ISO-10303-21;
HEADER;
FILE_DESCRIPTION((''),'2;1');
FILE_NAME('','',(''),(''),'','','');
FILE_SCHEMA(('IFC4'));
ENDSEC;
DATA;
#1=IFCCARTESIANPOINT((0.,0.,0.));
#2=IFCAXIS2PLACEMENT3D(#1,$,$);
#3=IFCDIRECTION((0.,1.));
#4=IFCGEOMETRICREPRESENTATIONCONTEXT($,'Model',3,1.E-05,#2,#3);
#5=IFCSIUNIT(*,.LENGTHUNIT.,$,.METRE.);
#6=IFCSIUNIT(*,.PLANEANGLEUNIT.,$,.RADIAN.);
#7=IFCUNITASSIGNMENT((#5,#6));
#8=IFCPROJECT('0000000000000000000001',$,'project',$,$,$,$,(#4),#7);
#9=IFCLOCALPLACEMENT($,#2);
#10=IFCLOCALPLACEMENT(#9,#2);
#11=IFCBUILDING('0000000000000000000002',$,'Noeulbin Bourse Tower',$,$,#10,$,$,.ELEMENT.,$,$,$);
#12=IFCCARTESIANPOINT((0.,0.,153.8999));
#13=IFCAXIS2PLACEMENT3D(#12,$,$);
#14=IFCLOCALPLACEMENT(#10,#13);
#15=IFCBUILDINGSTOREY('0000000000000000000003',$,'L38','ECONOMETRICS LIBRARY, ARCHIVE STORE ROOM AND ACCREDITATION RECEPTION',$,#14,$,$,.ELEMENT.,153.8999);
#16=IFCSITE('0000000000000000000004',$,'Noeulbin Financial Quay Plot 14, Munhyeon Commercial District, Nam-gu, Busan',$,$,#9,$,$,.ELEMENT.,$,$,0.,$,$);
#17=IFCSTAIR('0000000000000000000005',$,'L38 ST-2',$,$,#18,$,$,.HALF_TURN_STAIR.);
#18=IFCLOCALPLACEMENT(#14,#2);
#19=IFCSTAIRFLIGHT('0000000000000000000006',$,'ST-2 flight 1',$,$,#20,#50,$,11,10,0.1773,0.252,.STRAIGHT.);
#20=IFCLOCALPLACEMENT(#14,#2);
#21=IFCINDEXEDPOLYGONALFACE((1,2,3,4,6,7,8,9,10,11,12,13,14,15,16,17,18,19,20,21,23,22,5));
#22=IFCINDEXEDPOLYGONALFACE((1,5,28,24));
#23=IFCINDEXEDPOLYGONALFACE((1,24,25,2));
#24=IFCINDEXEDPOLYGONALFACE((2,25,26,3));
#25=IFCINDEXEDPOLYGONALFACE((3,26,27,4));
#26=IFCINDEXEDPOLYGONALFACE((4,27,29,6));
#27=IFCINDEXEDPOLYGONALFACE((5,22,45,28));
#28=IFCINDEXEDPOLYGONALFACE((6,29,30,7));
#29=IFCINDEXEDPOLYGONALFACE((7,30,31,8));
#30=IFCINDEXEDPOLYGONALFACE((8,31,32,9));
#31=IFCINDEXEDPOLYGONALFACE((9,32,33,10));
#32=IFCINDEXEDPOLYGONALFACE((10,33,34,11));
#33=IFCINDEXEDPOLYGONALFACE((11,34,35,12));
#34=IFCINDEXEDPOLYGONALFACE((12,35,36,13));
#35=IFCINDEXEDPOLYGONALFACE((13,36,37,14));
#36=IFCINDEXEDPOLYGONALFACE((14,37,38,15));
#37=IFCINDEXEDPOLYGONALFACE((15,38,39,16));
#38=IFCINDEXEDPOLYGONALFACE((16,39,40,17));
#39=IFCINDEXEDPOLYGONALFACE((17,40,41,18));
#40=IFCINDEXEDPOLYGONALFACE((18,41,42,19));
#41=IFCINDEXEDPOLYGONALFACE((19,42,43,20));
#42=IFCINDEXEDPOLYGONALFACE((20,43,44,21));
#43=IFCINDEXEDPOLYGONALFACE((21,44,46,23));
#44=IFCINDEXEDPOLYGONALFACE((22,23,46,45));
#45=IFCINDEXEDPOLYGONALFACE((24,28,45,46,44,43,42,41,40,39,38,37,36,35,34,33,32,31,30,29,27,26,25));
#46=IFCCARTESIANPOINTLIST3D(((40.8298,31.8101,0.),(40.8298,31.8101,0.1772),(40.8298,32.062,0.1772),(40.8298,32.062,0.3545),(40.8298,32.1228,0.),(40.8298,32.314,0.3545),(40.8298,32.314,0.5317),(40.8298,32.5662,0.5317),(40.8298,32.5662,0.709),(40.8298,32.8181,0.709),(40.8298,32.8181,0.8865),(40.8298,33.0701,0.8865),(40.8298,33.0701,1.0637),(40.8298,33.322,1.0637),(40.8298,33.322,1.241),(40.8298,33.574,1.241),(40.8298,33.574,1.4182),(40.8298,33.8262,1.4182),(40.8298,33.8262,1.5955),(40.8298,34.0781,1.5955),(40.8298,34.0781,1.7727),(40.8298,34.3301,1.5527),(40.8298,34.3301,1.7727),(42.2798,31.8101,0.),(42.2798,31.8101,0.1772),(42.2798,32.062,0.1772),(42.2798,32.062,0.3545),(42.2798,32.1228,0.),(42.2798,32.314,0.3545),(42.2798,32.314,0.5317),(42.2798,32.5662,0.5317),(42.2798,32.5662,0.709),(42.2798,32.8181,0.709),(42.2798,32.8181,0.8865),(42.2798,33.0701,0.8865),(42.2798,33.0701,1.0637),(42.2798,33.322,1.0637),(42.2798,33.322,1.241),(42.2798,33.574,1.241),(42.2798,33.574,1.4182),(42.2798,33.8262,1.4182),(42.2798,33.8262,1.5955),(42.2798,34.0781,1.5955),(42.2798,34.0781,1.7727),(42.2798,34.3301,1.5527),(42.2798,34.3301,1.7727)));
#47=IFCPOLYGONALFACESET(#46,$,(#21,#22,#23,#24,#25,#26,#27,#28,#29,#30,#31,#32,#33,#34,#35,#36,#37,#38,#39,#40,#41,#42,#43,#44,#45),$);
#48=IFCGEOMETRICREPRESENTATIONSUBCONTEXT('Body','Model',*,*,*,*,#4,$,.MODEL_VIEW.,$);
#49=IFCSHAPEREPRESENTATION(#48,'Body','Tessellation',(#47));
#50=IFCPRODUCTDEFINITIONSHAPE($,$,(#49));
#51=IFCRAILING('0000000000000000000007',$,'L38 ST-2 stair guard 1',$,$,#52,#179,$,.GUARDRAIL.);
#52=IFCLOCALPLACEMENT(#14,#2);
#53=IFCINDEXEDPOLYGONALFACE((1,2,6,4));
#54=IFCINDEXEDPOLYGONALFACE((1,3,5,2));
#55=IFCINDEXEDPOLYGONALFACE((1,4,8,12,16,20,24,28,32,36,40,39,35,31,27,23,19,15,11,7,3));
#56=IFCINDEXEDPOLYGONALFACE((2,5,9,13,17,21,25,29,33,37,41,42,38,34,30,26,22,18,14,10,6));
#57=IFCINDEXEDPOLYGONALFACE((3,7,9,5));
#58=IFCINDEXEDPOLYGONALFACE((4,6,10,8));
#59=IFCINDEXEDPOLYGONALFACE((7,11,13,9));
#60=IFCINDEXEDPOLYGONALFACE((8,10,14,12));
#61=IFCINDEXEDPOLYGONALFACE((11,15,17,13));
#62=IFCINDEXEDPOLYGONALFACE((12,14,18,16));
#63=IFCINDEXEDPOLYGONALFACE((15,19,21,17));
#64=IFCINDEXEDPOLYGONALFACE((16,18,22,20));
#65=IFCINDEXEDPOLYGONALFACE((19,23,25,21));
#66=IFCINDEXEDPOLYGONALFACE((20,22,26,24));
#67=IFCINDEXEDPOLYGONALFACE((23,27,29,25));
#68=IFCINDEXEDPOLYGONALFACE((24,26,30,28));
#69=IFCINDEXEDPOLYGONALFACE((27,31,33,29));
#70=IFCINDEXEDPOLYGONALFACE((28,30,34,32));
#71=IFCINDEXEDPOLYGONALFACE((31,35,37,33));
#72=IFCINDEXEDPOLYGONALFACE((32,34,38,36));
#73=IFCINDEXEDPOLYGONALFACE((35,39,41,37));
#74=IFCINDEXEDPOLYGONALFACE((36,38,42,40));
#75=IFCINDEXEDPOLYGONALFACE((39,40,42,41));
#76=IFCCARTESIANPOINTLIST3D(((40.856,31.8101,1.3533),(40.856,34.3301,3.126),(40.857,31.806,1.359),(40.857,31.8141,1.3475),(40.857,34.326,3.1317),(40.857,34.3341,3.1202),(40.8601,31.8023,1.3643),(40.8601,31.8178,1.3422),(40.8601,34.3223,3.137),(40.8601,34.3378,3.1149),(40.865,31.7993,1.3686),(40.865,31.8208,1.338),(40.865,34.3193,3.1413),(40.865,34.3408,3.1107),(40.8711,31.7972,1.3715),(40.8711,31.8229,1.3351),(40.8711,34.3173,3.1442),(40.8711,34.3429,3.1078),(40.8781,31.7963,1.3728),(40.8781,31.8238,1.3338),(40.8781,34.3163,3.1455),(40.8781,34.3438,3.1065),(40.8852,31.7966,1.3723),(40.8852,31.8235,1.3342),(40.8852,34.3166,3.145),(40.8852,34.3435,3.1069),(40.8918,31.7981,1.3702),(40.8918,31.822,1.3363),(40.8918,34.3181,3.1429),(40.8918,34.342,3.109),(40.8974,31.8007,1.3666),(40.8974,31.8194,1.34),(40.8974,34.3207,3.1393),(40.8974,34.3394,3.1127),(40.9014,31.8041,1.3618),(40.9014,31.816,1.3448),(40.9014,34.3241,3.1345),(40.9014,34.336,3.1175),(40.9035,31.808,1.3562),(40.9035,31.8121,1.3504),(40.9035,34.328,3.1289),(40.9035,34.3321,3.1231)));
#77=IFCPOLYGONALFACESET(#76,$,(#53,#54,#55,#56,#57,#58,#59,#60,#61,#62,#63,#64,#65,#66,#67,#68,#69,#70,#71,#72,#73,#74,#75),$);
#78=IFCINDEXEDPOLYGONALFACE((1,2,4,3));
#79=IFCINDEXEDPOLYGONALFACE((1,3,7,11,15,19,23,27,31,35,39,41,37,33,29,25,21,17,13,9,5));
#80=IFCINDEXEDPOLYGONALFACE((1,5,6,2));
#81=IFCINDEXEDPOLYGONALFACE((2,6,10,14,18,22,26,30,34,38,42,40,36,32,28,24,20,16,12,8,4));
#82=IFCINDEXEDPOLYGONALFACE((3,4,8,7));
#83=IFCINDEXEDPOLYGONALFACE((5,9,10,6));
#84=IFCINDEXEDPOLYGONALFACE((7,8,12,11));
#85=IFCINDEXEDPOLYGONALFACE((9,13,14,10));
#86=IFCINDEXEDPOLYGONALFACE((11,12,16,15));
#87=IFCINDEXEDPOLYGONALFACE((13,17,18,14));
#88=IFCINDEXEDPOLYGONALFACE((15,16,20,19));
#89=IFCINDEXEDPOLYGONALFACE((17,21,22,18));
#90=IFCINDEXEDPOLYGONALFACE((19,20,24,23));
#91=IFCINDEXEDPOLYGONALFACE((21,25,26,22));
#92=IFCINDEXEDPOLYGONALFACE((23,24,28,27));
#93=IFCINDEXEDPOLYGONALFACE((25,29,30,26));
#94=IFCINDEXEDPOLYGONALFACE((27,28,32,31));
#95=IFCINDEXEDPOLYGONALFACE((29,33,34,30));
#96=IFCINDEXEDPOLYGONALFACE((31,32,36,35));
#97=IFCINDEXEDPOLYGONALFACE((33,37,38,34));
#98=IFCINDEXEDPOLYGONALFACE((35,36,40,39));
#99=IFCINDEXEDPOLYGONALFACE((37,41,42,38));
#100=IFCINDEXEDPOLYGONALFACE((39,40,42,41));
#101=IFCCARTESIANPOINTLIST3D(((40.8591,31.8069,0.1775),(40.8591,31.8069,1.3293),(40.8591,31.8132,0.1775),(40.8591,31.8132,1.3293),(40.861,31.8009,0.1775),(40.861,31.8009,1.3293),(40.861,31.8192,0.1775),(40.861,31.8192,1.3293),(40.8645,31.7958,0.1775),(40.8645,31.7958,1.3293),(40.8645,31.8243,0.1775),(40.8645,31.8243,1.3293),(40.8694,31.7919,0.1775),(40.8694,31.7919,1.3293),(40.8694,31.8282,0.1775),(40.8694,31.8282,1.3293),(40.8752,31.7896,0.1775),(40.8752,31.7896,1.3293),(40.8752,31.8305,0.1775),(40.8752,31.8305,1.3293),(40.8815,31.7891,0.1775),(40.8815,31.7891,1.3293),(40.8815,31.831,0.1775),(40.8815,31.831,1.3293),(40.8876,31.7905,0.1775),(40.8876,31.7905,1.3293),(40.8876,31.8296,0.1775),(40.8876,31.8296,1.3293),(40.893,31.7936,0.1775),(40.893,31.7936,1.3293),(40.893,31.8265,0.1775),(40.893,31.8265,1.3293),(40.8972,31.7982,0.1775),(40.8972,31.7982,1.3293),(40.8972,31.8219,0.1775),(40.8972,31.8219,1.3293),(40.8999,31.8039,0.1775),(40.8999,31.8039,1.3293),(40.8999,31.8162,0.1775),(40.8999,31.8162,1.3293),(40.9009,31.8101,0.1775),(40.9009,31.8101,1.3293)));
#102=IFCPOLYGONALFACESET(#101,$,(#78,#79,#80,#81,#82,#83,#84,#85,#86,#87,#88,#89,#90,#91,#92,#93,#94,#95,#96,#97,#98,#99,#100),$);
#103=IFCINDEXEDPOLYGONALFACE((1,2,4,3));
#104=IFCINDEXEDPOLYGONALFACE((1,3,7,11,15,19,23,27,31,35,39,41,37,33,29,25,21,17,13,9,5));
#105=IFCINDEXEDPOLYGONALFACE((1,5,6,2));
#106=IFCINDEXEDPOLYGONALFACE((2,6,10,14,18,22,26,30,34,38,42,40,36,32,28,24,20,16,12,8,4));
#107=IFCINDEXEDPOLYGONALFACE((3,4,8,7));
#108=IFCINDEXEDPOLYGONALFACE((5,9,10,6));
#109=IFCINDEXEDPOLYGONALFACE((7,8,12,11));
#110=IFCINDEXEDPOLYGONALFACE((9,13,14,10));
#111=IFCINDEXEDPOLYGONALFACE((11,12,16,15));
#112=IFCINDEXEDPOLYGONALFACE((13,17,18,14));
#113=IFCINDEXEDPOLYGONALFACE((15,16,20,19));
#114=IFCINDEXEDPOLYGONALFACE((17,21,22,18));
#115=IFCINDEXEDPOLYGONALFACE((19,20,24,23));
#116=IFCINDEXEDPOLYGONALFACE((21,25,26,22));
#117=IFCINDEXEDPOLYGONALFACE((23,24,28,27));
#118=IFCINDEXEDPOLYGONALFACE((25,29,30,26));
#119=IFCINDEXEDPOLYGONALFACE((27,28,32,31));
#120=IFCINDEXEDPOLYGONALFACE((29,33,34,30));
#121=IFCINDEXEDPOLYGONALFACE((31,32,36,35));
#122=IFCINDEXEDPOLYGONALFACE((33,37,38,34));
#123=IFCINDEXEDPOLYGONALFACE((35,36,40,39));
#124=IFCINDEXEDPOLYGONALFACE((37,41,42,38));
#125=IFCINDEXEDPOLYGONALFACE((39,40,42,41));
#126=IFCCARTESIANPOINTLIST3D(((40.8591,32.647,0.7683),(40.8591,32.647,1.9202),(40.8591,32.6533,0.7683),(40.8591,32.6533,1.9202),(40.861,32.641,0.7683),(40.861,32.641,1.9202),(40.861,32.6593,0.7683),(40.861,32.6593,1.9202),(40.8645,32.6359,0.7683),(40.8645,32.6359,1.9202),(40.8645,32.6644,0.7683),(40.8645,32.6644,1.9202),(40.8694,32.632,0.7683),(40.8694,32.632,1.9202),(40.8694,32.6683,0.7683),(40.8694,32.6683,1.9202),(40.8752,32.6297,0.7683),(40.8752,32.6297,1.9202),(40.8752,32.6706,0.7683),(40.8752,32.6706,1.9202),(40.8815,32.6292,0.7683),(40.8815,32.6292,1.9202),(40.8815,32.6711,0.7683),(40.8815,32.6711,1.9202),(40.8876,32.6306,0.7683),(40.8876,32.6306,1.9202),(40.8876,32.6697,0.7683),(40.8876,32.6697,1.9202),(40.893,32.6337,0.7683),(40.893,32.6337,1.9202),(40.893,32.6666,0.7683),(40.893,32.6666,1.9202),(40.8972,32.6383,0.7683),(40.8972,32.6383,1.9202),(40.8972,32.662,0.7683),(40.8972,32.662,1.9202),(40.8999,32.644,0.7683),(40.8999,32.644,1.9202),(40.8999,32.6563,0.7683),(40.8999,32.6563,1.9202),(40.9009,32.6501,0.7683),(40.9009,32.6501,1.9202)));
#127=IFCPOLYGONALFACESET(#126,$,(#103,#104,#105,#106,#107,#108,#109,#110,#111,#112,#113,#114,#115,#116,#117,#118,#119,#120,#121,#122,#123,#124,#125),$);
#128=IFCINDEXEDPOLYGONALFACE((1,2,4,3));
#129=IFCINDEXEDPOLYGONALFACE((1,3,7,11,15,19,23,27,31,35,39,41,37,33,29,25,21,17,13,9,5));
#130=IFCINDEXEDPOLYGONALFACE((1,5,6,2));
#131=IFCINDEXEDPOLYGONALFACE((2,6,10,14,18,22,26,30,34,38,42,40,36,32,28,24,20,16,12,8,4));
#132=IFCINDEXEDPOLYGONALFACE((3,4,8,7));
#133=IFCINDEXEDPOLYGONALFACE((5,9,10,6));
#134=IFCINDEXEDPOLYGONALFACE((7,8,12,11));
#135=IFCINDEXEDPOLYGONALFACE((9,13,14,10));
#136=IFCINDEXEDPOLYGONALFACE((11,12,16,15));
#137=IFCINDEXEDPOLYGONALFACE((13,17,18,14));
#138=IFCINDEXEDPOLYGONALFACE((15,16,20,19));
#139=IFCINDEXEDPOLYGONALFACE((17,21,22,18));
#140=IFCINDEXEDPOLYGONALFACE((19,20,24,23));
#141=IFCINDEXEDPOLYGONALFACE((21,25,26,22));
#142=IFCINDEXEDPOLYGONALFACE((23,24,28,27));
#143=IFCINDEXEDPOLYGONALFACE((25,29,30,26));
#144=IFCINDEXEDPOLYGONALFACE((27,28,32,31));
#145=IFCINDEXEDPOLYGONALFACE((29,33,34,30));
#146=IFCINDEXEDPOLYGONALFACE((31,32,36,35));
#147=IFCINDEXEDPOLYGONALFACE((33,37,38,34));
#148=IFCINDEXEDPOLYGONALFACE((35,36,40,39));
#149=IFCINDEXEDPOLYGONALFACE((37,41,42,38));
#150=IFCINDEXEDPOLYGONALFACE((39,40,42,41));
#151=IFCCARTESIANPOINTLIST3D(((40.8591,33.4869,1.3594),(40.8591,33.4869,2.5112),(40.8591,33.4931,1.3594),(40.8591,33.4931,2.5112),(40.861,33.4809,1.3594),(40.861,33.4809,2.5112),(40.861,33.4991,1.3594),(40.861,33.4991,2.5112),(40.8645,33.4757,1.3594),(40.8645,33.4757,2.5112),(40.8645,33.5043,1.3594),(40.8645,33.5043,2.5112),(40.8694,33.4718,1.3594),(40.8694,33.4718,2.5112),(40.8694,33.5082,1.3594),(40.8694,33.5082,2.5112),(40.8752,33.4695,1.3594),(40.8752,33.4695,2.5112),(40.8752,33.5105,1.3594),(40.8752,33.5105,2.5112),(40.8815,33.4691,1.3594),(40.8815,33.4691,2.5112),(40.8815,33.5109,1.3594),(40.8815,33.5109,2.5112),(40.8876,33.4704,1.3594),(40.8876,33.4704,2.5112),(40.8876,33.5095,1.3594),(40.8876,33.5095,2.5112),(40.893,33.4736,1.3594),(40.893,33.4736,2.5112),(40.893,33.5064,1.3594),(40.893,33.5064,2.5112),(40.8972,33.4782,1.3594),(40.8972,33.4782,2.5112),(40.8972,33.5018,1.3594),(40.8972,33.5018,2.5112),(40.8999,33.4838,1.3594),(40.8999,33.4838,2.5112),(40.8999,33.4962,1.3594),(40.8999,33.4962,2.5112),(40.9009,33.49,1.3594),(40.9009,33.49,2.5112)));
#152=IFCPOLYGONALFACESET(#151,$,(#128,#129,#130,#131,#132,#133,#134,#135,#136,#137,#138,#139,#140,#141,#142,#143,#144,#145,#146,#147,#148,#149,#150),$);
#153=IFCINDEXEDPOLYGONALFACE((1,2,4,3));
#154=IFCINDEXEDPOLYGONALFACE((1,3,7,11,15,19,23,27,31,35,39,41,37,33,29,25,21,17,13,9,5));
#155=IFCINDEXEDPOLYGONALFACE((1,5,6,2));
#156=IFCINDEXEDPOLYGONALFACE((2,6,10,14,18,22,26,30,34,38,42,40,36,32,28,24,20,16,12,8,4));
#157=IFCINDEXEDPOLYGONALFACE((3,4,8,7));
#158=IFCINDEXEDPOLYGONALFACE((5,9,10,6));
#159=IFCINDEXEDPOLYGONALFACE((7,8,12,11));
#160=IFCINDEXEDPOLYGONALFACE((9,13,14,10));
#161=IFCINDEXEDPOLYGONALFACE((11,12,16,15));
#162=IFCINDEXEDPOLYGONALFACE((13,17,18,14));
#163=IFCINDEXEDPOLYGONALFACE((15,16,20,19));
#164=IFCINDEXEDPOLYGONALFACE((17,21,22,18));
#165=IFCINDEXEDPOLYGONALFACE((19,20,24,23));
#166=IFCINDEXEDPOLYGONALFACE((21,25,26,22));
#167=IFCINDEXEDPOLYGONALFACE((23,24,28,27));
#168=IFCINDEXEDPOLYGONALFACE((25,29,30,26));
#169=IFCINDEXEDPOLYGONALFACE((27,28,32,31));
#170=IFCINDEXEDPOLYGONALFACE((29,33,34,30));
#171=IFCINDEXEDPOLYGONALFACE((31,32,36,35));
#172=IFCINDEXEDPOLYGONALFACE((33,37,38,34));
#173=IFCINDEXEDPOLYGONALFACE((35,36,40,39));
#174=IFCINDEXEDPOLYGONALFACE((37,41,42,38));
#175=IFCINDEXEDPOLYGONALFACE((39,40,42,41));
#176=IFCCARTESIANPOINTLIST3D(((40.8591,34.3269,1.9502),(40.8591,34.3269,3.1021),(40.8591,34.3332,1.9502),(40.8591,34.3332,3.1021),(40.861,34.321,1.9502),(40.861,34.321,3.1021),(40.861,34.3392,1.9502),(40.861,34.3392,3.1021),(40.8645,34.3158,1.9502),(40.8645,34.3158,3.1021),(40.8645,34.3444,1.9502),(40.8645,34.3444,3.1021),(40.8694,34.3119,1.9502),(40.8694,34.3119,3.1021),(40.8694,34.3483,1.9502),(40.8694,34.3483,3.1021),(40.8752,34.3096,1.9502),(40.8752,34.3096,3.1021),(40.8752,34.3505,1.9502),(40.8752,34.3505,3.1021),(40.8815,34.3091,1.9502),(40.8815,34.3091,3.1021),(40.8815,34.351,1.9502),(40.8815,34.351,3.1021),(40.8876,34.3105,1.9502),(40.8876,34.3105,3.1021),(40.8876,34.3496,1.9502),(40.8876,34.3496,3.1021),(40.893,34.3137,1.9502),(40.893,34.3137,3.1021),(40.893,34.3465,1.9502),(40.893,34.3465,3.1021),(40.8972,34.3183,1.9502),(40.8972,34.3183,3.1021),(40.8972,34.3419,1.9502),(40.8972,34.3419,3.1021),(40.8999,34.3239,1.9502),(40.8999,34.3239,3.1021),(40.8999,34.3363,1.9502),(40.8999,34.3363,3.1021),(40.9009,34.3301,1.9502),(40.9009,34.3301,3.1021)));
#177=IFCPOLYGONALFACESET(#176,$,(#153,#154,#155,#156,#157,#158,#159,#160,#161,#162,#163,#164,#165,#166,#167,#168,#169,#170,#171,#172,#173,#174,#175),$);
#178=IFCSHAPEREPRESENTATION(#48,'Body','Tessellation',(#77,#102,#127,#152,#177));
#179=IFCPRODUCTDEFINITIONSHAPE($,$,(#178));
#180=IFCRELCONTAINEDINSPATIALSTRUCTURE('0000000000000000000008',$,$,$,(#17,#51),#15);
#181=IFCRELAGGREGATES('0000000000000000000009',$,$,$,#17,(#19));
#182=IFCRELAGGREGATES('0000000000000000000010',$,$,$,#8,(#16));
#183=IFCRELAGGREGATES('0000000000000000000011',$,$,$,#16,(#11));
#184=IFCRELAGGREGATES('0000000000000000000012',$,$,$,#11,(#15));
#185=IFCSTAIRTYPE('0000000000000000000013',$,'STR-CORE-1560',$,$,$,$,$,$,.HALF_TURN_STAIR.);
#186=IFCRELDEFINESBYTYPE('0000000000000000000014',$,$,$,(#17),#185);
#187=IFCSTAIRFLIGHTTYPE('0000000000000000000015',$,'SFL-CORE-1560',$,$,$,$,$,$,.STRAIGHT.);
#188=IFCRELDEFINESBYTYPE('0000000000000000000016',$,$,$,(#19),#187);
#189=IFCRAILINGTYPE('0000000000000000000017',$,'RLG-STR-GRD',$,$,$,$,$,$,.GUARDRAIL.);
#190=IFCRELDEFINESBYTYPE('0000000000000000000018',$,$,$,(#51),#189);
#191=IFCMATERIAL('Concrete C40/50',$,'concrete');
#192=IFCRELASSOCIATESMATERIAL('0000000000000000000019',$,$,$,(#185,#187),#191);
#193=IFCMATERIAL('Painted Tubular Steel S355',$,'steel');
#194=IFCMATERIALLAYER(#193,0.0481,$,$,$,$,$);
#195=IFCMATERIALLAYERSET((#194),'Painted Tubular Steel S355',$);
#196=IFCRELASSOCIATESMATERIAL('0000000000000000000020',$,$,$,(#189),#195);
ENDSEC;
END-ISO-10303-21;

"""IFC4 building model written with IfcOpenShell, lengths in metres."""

from ifc_helpers import new_model, si_unit, direction, frame, origin, origin_2d, place, context, subcontext, project, spatial, polyline, circle, outline, extrude, material, layer, layer_set, type_object, element, aggregate, save


model = new_model("IFC4")

# Units and contexts
model_context = context("Model", 3, precision=1e-05, world=origin(), true_north=direction((0.0, 1.0)))
body_context = subcontext(model_context, "Body", "Model", "MODEL_VIEW")
ifc_project = project(units=[si_unit("LENGTHUNIT", "METRE"), si_unit("PLANEANGLEUNIT", "RADIAN")], contexts=[model_context])

# Site, building, storey
site_placement = place(None, origin())
site = spatial("IfcSite", under=ifc_project, at=site_placement, Name="Noeulbin Financial Quay Plot 14, Munhyeon Commercial District, Nam-gu, Busan", CompositionType="ELEMENT", RefElevation=0.0)
building_placement = place(site_placement, origin())
building = spatial("IfcBuilding", under=site, at=building_placement, Name="Noeulbin Bourse Tower", CompositionType="ELEMENT")
storey_placement = place(building_placement, frame((0.0, 0.0, 153.8999)))
storey = spatial("IfcBuildingStorey", under=building, at=storey_placement, Name="L38", Description="ECONOMETRICS LIBRARY, ARCHIVE STORE ROOM AND ACCREDITATION RECEPTION", CompositionType="ELEMENT", Elevation=153.8999)

# Shared definitions
ifc_material_1 = material(Name="Concrete C40/50", Category="concrete")

# Stair, stair flight
stair_type = type_object("IfcStairType", Name="STR-CORE-1560", PredefinedType="HALF_TURN_STAIR", material=ifc_material_1)
stair_placement = place(storey_placement, origin())
stair = element("IfcStair", 1, at=stair_placement, inside=storey, type_object=stair_type, Name="L38 ST-2", PredefinedType="HALF_TURN_STAIR")
stair_flight_type = type_object("IfcStairFlightType", Name="SFL-CORE-1560", PredefinedType="STRAIGHT", material=ifc_material_1)
stair_flight_placement = place(storey_placement, frame((41.5549, 31.8101, 0.0), z_axis=(0.0, 0.0, 1.0), x_axis=(0.0, 1.0, 0.0)))
stair_flight = element("IfcStairFlight", 2, at=stair_flight_placement, type_object=stair_flight_type, Name="ST-2 flight 1", NumberOfRisers=11, NumberOfTreads=10, PredefinedType="STRAIGHT", RiserHeight=0.1773, TreadLength=0.252, context=body_context, shape_type="SweptSolid", body=[
    extrude(outline(polyline([(0.0, 0.0), (0.0, 0.1772), (0.252, 0.1772), (0.252, 0.3545), (0.5039, 0.3545), (0.5039, 0.5317), (0.7561, 0.5317), (0.7561, 0.709), (1.0081, 0.709), (1.0081, 0.8865), (1.26, 0.8865), (1.26, 1.0637), (1.512, 1.0637), (1.512, 1.241), (1.7639, 1.241), (1.7639, 1.4182), (2.0161, 1.4182), (2.0161, 1.5955), (2.2681, 1.5955), (2.2681, 1.7727), (2.52, 1.7727), (2.52, 1.95), (2.52, 1.5527), (0.3127, 0.0), (0.0, 0.0)])), frame((0.0, 0.7251, 0.0), z_axis=(0.0, -1.0, 0.0), x_axis=(1.0, 0.0, 0.0)), (0.0, 0.0, 1.0), 1.45),
])
aggregate(stair, [stair_flight])

# Railing
ifc_material_2 = material(Name="Painted Tubular Steel S355", Category="steel")
ifc_layer_1 = layer(ifc_material_2, 0.0481)
ifc_layer_set_1 = layer_set([ifc_layer_1], Name="Painted Tubular Steel S355")
railing_type_1 = type_object("IfcRailingType", Name="RLG-STR-GRD", PredefinedType="GUARDRAIL", material=ifc_layer_set_1)
railing_1_placement = place(storey_placement, frame((40.8799, 31.8101, 0.1775)))
element("IfcRailing", 3, at=railing_1_placement, inside=storey, type_object=railing_type_1, Name="L38 ST-2 stair guard 1", PredefinedType="GUARDRAIL", context=body_context, shape_type="SweptSolid", body=[
    extrude(circle(Radius=0.0239, at=origin_2d()), frame((0.0, 0.0, 1.1758), z_axis=(0.0, 0.817904, 0.575354), x_axis=(-1.0, 0.0, 0.0)), (0.0, 0.0, 1.0), 3.0811),
    extrude(circle(Radius=0.021, at=origin_2d()), origin(), (0.0, 0.0, 1.0), 1.1519),
    extrude(circle(Radius=0.021, at=origin_2d()), frame((0.0, 0.8401, 0.5908)), (0.0, 0.0, 1.0), 1.1519),
    extrude(circle(Radius=0.021, at=origin_2d()), frame((0.0, 1.6799, 1.1819)), (0.0, 0.0, 1.0), 1.1519),
    extrude(circle(Radius=0.021, at=origin_2d()), frame((0.0, 2.52, 1.7727)), (0.0, 0.0, 1.0), 1.1519),
])

save(model, "model.ifc")
